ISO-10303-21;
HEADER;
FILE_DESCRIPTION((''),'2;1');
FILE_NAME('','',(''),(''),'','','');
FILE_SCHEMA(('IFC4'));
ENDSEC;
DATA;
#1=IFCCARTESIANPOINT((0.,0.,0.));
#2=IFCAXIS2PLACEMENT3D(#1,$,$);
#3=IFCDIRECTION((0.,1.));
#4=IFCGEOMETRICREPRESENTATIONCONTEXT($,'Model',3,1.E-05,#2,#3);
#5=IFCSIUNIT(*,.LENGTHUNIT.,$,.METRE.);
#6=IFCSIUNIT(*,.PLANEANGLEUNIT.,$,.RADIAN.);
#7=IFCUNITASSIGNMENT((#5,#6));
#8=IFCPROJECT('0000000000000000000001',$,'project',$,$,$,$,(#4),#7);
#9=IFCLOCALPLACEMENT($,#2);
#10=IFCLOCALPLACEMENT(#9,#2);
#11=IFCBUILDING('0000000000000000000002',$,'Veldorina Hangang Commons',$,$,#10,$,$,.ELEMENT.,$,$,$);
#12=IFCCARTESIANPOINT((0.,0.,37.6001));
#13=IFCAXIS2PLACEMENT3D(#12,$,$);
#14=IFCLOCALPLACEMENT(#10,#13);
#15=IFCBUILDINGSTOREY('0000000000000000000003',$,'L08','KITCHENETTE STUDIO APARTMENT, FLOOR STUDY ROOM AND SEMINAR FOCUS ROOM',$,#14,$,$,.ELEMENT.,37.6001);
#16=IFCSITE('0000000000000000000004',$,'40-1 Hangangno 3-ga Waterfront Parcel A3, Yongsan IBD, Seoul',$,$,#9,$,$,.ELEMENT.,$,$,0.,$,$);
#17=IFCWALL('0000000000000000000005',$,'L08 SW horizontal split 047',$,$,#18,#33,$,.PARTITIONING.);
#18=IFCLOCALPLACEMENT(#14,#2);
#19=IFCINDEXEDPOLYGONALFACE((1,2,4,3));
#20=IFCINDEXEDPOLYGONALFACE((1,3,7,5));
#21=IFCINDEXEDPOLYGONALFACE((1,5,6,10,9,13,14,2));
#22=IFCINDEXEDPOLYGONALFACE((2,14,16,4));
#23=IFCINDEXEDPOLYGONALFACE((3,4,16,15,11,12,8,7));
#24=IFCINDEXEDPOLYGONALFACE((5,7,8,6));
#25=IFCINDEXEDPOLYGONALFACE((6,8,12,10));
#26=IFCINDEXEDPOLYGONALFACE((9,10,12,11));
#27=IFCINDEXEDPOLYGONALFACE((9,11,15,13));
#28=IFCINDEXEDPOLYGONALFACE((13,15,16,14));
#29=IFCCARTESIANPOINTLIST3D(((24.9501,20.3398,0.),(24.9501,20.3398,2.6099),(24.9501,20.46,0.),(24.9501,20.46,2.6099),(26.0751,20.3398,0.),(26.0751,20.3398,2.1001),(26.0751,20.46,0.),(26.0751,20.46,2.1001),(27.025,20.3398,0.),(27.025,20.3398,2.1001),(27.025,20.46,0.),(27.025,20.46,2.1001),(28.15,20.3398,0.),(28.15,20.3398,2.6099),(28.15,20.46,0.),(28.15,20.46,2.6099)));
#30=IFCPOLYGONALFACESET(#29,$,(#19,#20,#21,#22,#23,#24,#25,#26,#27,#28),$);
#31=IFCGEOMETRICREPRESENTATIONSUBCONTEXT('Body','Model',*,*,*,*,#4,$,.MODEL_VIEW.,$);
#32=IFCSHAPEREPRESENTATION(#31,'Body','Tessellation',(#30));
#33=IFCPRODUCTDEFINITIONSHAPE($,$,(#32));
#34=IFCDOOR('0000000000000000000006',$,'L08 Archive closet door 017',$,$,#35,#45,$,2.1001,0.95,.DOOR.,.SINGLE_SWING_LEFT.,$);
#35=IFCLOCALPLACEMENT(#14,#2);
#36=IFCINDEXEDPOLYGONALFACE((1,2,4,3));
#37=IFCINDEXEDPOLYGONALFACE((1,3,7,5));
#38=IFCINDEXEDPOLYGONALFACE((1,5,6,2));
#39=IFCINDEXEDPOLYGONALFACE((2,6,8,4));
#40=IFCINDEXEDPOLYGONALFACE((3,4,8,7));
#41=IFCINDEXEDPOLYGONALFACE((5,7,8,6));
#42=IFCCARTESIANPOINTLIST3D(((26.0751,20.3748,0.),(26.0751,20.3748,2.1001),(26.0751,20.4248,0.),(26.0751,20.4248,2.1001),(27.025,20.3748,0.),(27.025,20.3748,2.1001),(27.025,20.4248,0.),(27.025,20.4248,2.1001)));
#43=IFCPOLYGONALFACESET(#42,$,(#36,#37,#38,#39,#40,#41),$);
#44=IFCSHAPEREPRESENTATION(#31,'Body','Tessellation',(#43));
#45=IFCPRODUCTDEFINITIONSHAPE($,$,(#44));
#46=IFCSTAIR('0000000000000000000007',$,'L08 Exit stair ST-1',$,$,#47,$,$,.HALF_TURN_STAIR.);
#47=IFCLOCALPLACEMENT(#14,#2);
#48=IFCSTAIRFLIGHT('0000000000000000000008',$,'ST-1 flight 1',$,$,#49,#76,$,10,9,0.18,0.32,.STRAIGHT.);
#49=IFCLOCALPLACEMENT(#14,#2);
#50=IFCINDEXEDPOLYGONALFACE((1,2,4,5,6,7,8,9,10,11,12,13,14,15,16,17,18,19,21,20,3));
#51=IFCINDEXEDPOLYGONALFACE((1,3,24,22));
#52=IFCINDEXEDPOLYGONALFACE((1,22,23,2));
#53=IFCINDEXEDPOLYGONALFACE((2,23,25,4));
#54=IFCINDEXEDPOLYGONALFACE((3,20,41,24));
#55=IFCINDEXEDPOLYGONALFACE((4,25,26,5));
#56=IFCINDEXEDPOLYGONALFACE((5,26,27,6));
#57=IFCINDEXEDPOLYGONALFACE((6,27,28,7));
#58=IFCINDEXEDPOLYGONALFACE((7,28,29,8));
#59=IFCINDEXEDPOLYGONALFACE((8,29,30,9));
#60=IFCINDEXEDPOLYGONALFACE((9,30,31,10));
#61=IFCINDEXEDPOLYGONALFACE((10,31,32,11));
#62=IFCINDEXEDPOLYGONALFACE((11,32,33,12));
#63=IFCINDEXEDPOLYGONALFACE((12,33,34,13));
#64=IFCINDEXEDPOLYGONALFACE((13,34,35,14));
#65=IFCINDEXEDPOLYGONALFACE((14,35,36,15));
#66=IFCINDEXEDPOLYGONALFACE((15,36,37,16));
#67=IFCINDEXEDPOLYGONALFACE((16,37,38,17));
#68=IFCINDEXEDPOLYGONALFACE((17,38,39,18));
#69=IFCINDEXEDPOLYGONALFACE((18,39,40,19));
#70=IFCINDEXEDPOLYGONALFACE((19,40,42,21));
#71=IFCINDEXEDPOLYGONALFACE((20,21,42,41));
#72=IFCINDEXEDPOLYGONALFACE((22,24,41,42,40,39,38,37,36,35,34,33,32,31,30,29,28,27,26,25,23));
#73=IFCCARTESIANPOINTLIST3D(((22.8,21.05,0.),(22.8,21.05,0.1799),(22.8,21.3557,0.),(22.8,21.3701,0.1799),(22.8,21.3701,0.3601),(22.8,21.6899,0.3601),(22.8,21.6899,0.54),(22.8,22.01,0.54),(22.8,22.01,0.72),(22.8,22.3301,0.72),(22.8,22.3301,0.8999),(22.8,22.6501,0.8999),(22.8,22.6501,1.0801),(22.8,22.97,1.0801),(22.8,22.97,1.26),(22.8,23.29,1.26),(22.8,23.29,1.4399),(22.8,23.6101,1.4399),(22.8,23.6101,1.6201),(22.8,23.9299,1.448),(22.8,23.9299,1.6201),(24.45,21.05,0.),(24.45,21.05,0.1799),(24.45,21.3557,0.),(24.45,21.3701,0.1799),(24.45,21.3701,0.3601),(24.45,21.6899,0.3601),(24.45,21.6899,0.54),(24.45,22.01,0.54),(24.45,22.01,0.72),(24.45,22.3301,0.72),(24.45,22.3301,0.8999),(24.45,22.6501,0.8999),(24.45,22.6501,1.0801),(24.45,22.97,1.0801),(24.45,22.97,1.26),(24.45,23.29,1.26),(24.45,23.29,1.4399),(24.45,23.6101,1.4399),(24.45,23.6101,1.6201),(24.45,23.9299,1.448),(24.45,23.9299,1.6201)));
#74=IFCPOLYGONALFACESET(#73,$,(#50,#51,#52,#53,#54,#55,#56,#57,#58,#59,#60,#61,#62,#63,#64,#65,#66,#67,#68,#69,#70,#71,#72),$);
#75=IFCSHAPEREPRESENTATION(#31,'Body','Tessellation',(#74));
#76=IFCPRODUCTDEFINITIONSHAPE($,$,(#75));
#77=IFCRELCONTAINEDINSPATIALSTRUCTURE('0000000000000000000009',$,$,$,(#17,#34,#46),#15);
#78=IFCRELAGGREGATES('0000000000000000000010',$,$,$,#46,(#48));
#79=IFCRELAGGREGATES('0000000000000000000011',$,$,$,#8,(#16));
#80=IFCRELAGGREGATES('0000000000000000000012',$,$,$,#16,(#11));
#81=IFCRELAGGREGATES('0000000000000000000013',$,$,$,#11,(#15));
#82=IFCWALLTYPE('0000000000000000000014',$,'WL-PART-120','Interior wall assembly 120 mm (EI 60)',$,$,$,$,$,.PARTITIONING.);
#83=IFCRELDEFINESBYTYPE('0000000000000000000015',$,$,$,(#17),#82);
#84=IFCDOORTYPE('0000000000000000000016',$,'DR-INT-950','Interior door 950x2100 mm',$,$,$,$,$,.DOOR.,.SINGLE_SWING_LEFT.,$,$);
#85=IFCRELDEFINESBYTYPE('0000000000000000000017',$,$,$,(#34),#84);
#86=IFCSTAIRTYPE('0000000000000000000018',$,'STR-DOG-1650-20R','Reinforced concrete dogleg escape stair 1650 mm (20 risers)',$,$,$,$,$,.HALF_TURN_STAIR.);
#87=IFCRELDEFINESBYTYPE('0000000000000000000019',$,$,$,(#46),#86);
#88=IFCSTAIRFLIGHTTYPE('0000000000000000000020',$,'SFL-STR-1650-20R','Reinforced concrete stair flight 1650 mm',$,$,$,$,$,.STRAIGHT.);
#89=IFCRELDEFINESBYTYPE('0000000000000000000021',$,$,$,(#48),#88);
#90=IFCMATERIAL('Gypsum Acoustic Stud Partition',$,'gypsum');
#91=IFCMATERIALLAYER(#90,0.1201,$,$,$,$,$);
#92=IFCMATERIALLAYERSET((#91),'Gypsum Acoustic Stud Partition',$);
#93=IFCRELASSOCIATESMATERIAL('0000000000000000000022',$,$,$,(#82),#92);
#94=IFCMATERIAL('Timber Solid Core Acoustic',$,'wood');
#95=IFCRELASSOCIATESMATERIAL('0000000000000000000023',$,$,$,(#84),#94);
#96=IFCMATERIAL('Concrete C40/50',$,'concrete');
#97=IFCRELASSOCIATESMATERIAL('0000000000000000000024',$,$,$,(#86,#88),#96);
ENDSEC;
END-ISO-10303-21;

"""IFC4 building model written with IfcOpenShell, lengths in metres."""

from ifc_helpers import new_model, si_unit, direction, frame, frame_2d, origin, place, context, subcontext, project, spatial, polyline, rectangle, outline, extrude, material, layer, layer_set, type_object, element, fill, aggregate, save


model = new_model("IFC4")

# Units and contexts
model_context = context("Model", 3, precision=1e-05, world=origin(), true_north=direction((0.0, 1.0)))
body_context = subcontext(model_context, "Body", "Model", "MODEL_VIEW")
ifc_project = project(units=[si_unit("LENGTHUNIT", "METRE"), si_unit("PLANEANGLEUNIT", "RADIAN")], contexts=[model_context])

# Site, building, storey
site_placement = place(None, origin())
site = spatial("IfcSite", under=ifc_project, at=site_placement, Name="40-1 Hangangno 3-ga Waterfront Parcel A3, Yongsan IBD, Seoul", CompositionType="ELEMENT", RefElevation=0.0)
building_placement = place(site_placement, origin())
building = spatial("IfcBuilding", under=site, at=building_placement, Name="Veldorina Hangang Commons", CompositionType="ELEMENT")
storey_placement = place(building_placement, frame((0.0, 0.0, 37.6001)))
storey = spatial("IfcBuildingStorey", under=building, at=storey_placement, Name="L08", Description="KITCHENETTE STUDIO APARTMENT, FLOOR STUDY ROOM AND SEMINAR FOCUS ROOM", CompositionType="ELEMENT", Elevation=37.6001)

# Wall, opening, door
ifc_material_1 = material(Name="Gypsum Acoustic Stud Partition", Category="gypsum")
ifc_layer_1 = layer(ifc_material_1, 0.1201)
ifc_layer_set_1 = layer_set([ifc_layer_1], Name="Gypsum Acoustic Stud Partition")
wall_type_1 = type_object("IfcWallType", Name="WL-PART-120", Description="Interior wall assembly 120 mm (EI 60)", PredefinedType="PARTITIONING", material=ifc_layer_set_1)
wall_1_placement = place(storey_placement, frame((24.95, 20.3999, 0.0), z_axis=(0.0, 0.0, 1.0), x_axis=(1.0, 0.0, 0.0)))
wall_1 = element("IfcWall", 1, at=wall_1_placement, inside=storey, type_object=wall_type_1, Name="L08 SW horizontal split 047", PredefinedType="PARTITIONING", context=body_context, shape_type="SweptSolid", body=[
    extrude(rectangle(XDim=3.2, YDim=0.1201, at=frame_2d((1.6001, 0.0))), origin(), (0.0, 0.0, 1.0), 2.6099),
])
opening_1_placement = place(wall_1_placement, frame((1.125, 0.0, 0.0)))
opening_1 = element("IfcOpeningElement", 2, at=opening_1_placement, cuts=wall_1, PredefinedType="OPENING", context=body_context, shape_type="SweptSolid", body=[
    extrude(rectangle(XDim=0.95, YDim=2.1001, at=frame_2d((0.4751, 1.05))), frame((0.0, 0.0701, 0.0), z_axis=(0.0, -1.0, 0.0), x_axis=(1.0, 0.0, 0.0)), (0.0, 0.0, 1.0), 0.1401),
])
ifc_material_2 = material(Name="Timber Solid Core Acoustic", Category="wood")
door_type_1 = type_object("IfcDoorType", Name="DR-INT-950", Description="Interior door 950x2100 mm", OperationType="SINGLE_SWING_LEFT", PredefinedType="DOOR", material=ifc_material_2)
door_1_placement = place(opening_1_placement, origin())
door_1 = element("IfcDoor", 3, at=door_1_placement, inside=storey, type_object=door_type_1, Name="L08 Archive closet door 017", OperationType="SINGLE_SWING_LEFT", OverallHeight=2.1001, OverallWidth=0.95, PredefinedType="DOOR", context=body_context, shape_type="SweptSolid", body=[
    extrude(rectangle(XDim=0.95, YDim=2.1001, at=frame_2d((0.4751, 1.05))), frame((0.0, 0.0249, 0.0), z_axis=(0.0, -1.0, 0.0), x_axis=(1.0, 0.0, 0.0)), (0.0, 0.0, 1.0), 0.05),
])
fill(opening_1, door_1)

# Stair, stair flight
ifc_material_3 = material(Name="Concrete C40/50", Category="concrete")
stair_type = type_object("IfcStairType", Name="STR-DOG-1650-20R", Description="Reinforced concrete dogleg escape stair 1650 mm (20 risers)", PredefinedType="HALF_TURN_STAIR", material=ifc_material_3)
stair_placement = place(storey_placement, origin())
stair = element("IfcStair", 4, at=stair_placement, inside=storey, type_object=stair_type, Name="L08 Exit stair ST-1", PredefinedType="HALF_TURN_STAIR")
stair_flight_type = type_object("IfcStairFlightType", Name="SFL-STR-1650-20R", Description="Reinforced concrete stair flight 1650 mm", PredefinedType="STRAIGHT", material=ifc_material_3)
stair_flight_placement = place(storey_placement, frame((23.625, 21.05, 0.0), z_axis=(0.0, 0.0, 1.0), x_axis=(0.0, 1.0, 0.0)))
stair_flight = element("IfcStairFlight", 5, at=stair_flight_placement, type_object=stair_flight_type, Name="ST-1 flight 1", NumberOfRisers=10, NumberOfTreads=9, PredefinedType="STRAIGHT", RiserHeight=0.18, TreadLength=0.32, context=body_context, shape_type="SweptSolid", body=[
    extrude(outline(polyline([(0.0, 0.0), (0.0, 0.1799), (0.3201, 0.1799), (0.3201, 0.3601), (0.6399, 0.3601), (0.6399, 0.54), (0.96, 0.54), (0.96, 0.72), (1.28, 0.72), (1.28, 0.8999), (1.6001, 0.8999), (1.6001, 1.0801), (1.9199, 1.0801), (1.9199, 1.26), (2.24, 1.26), (2.24, 1.4399), (2.5601, 1.4399), (2.5601, 1.6201), (2.8799, 1.6201), (2.8799, 1.8), (2.8799, 1.448), (0.3057, 0.0), (0.0, 0.0)])), frame((0.0, 0.825, 0.0), z_axis=(0.0, -1.0, 0.0), x_axis=(1.0, 0.0, 0.0)), (0.0, 0.0, 1.0), 1.6499),
])
aggregate(stair, [stair_flight])

save(model, "model.ifc")
